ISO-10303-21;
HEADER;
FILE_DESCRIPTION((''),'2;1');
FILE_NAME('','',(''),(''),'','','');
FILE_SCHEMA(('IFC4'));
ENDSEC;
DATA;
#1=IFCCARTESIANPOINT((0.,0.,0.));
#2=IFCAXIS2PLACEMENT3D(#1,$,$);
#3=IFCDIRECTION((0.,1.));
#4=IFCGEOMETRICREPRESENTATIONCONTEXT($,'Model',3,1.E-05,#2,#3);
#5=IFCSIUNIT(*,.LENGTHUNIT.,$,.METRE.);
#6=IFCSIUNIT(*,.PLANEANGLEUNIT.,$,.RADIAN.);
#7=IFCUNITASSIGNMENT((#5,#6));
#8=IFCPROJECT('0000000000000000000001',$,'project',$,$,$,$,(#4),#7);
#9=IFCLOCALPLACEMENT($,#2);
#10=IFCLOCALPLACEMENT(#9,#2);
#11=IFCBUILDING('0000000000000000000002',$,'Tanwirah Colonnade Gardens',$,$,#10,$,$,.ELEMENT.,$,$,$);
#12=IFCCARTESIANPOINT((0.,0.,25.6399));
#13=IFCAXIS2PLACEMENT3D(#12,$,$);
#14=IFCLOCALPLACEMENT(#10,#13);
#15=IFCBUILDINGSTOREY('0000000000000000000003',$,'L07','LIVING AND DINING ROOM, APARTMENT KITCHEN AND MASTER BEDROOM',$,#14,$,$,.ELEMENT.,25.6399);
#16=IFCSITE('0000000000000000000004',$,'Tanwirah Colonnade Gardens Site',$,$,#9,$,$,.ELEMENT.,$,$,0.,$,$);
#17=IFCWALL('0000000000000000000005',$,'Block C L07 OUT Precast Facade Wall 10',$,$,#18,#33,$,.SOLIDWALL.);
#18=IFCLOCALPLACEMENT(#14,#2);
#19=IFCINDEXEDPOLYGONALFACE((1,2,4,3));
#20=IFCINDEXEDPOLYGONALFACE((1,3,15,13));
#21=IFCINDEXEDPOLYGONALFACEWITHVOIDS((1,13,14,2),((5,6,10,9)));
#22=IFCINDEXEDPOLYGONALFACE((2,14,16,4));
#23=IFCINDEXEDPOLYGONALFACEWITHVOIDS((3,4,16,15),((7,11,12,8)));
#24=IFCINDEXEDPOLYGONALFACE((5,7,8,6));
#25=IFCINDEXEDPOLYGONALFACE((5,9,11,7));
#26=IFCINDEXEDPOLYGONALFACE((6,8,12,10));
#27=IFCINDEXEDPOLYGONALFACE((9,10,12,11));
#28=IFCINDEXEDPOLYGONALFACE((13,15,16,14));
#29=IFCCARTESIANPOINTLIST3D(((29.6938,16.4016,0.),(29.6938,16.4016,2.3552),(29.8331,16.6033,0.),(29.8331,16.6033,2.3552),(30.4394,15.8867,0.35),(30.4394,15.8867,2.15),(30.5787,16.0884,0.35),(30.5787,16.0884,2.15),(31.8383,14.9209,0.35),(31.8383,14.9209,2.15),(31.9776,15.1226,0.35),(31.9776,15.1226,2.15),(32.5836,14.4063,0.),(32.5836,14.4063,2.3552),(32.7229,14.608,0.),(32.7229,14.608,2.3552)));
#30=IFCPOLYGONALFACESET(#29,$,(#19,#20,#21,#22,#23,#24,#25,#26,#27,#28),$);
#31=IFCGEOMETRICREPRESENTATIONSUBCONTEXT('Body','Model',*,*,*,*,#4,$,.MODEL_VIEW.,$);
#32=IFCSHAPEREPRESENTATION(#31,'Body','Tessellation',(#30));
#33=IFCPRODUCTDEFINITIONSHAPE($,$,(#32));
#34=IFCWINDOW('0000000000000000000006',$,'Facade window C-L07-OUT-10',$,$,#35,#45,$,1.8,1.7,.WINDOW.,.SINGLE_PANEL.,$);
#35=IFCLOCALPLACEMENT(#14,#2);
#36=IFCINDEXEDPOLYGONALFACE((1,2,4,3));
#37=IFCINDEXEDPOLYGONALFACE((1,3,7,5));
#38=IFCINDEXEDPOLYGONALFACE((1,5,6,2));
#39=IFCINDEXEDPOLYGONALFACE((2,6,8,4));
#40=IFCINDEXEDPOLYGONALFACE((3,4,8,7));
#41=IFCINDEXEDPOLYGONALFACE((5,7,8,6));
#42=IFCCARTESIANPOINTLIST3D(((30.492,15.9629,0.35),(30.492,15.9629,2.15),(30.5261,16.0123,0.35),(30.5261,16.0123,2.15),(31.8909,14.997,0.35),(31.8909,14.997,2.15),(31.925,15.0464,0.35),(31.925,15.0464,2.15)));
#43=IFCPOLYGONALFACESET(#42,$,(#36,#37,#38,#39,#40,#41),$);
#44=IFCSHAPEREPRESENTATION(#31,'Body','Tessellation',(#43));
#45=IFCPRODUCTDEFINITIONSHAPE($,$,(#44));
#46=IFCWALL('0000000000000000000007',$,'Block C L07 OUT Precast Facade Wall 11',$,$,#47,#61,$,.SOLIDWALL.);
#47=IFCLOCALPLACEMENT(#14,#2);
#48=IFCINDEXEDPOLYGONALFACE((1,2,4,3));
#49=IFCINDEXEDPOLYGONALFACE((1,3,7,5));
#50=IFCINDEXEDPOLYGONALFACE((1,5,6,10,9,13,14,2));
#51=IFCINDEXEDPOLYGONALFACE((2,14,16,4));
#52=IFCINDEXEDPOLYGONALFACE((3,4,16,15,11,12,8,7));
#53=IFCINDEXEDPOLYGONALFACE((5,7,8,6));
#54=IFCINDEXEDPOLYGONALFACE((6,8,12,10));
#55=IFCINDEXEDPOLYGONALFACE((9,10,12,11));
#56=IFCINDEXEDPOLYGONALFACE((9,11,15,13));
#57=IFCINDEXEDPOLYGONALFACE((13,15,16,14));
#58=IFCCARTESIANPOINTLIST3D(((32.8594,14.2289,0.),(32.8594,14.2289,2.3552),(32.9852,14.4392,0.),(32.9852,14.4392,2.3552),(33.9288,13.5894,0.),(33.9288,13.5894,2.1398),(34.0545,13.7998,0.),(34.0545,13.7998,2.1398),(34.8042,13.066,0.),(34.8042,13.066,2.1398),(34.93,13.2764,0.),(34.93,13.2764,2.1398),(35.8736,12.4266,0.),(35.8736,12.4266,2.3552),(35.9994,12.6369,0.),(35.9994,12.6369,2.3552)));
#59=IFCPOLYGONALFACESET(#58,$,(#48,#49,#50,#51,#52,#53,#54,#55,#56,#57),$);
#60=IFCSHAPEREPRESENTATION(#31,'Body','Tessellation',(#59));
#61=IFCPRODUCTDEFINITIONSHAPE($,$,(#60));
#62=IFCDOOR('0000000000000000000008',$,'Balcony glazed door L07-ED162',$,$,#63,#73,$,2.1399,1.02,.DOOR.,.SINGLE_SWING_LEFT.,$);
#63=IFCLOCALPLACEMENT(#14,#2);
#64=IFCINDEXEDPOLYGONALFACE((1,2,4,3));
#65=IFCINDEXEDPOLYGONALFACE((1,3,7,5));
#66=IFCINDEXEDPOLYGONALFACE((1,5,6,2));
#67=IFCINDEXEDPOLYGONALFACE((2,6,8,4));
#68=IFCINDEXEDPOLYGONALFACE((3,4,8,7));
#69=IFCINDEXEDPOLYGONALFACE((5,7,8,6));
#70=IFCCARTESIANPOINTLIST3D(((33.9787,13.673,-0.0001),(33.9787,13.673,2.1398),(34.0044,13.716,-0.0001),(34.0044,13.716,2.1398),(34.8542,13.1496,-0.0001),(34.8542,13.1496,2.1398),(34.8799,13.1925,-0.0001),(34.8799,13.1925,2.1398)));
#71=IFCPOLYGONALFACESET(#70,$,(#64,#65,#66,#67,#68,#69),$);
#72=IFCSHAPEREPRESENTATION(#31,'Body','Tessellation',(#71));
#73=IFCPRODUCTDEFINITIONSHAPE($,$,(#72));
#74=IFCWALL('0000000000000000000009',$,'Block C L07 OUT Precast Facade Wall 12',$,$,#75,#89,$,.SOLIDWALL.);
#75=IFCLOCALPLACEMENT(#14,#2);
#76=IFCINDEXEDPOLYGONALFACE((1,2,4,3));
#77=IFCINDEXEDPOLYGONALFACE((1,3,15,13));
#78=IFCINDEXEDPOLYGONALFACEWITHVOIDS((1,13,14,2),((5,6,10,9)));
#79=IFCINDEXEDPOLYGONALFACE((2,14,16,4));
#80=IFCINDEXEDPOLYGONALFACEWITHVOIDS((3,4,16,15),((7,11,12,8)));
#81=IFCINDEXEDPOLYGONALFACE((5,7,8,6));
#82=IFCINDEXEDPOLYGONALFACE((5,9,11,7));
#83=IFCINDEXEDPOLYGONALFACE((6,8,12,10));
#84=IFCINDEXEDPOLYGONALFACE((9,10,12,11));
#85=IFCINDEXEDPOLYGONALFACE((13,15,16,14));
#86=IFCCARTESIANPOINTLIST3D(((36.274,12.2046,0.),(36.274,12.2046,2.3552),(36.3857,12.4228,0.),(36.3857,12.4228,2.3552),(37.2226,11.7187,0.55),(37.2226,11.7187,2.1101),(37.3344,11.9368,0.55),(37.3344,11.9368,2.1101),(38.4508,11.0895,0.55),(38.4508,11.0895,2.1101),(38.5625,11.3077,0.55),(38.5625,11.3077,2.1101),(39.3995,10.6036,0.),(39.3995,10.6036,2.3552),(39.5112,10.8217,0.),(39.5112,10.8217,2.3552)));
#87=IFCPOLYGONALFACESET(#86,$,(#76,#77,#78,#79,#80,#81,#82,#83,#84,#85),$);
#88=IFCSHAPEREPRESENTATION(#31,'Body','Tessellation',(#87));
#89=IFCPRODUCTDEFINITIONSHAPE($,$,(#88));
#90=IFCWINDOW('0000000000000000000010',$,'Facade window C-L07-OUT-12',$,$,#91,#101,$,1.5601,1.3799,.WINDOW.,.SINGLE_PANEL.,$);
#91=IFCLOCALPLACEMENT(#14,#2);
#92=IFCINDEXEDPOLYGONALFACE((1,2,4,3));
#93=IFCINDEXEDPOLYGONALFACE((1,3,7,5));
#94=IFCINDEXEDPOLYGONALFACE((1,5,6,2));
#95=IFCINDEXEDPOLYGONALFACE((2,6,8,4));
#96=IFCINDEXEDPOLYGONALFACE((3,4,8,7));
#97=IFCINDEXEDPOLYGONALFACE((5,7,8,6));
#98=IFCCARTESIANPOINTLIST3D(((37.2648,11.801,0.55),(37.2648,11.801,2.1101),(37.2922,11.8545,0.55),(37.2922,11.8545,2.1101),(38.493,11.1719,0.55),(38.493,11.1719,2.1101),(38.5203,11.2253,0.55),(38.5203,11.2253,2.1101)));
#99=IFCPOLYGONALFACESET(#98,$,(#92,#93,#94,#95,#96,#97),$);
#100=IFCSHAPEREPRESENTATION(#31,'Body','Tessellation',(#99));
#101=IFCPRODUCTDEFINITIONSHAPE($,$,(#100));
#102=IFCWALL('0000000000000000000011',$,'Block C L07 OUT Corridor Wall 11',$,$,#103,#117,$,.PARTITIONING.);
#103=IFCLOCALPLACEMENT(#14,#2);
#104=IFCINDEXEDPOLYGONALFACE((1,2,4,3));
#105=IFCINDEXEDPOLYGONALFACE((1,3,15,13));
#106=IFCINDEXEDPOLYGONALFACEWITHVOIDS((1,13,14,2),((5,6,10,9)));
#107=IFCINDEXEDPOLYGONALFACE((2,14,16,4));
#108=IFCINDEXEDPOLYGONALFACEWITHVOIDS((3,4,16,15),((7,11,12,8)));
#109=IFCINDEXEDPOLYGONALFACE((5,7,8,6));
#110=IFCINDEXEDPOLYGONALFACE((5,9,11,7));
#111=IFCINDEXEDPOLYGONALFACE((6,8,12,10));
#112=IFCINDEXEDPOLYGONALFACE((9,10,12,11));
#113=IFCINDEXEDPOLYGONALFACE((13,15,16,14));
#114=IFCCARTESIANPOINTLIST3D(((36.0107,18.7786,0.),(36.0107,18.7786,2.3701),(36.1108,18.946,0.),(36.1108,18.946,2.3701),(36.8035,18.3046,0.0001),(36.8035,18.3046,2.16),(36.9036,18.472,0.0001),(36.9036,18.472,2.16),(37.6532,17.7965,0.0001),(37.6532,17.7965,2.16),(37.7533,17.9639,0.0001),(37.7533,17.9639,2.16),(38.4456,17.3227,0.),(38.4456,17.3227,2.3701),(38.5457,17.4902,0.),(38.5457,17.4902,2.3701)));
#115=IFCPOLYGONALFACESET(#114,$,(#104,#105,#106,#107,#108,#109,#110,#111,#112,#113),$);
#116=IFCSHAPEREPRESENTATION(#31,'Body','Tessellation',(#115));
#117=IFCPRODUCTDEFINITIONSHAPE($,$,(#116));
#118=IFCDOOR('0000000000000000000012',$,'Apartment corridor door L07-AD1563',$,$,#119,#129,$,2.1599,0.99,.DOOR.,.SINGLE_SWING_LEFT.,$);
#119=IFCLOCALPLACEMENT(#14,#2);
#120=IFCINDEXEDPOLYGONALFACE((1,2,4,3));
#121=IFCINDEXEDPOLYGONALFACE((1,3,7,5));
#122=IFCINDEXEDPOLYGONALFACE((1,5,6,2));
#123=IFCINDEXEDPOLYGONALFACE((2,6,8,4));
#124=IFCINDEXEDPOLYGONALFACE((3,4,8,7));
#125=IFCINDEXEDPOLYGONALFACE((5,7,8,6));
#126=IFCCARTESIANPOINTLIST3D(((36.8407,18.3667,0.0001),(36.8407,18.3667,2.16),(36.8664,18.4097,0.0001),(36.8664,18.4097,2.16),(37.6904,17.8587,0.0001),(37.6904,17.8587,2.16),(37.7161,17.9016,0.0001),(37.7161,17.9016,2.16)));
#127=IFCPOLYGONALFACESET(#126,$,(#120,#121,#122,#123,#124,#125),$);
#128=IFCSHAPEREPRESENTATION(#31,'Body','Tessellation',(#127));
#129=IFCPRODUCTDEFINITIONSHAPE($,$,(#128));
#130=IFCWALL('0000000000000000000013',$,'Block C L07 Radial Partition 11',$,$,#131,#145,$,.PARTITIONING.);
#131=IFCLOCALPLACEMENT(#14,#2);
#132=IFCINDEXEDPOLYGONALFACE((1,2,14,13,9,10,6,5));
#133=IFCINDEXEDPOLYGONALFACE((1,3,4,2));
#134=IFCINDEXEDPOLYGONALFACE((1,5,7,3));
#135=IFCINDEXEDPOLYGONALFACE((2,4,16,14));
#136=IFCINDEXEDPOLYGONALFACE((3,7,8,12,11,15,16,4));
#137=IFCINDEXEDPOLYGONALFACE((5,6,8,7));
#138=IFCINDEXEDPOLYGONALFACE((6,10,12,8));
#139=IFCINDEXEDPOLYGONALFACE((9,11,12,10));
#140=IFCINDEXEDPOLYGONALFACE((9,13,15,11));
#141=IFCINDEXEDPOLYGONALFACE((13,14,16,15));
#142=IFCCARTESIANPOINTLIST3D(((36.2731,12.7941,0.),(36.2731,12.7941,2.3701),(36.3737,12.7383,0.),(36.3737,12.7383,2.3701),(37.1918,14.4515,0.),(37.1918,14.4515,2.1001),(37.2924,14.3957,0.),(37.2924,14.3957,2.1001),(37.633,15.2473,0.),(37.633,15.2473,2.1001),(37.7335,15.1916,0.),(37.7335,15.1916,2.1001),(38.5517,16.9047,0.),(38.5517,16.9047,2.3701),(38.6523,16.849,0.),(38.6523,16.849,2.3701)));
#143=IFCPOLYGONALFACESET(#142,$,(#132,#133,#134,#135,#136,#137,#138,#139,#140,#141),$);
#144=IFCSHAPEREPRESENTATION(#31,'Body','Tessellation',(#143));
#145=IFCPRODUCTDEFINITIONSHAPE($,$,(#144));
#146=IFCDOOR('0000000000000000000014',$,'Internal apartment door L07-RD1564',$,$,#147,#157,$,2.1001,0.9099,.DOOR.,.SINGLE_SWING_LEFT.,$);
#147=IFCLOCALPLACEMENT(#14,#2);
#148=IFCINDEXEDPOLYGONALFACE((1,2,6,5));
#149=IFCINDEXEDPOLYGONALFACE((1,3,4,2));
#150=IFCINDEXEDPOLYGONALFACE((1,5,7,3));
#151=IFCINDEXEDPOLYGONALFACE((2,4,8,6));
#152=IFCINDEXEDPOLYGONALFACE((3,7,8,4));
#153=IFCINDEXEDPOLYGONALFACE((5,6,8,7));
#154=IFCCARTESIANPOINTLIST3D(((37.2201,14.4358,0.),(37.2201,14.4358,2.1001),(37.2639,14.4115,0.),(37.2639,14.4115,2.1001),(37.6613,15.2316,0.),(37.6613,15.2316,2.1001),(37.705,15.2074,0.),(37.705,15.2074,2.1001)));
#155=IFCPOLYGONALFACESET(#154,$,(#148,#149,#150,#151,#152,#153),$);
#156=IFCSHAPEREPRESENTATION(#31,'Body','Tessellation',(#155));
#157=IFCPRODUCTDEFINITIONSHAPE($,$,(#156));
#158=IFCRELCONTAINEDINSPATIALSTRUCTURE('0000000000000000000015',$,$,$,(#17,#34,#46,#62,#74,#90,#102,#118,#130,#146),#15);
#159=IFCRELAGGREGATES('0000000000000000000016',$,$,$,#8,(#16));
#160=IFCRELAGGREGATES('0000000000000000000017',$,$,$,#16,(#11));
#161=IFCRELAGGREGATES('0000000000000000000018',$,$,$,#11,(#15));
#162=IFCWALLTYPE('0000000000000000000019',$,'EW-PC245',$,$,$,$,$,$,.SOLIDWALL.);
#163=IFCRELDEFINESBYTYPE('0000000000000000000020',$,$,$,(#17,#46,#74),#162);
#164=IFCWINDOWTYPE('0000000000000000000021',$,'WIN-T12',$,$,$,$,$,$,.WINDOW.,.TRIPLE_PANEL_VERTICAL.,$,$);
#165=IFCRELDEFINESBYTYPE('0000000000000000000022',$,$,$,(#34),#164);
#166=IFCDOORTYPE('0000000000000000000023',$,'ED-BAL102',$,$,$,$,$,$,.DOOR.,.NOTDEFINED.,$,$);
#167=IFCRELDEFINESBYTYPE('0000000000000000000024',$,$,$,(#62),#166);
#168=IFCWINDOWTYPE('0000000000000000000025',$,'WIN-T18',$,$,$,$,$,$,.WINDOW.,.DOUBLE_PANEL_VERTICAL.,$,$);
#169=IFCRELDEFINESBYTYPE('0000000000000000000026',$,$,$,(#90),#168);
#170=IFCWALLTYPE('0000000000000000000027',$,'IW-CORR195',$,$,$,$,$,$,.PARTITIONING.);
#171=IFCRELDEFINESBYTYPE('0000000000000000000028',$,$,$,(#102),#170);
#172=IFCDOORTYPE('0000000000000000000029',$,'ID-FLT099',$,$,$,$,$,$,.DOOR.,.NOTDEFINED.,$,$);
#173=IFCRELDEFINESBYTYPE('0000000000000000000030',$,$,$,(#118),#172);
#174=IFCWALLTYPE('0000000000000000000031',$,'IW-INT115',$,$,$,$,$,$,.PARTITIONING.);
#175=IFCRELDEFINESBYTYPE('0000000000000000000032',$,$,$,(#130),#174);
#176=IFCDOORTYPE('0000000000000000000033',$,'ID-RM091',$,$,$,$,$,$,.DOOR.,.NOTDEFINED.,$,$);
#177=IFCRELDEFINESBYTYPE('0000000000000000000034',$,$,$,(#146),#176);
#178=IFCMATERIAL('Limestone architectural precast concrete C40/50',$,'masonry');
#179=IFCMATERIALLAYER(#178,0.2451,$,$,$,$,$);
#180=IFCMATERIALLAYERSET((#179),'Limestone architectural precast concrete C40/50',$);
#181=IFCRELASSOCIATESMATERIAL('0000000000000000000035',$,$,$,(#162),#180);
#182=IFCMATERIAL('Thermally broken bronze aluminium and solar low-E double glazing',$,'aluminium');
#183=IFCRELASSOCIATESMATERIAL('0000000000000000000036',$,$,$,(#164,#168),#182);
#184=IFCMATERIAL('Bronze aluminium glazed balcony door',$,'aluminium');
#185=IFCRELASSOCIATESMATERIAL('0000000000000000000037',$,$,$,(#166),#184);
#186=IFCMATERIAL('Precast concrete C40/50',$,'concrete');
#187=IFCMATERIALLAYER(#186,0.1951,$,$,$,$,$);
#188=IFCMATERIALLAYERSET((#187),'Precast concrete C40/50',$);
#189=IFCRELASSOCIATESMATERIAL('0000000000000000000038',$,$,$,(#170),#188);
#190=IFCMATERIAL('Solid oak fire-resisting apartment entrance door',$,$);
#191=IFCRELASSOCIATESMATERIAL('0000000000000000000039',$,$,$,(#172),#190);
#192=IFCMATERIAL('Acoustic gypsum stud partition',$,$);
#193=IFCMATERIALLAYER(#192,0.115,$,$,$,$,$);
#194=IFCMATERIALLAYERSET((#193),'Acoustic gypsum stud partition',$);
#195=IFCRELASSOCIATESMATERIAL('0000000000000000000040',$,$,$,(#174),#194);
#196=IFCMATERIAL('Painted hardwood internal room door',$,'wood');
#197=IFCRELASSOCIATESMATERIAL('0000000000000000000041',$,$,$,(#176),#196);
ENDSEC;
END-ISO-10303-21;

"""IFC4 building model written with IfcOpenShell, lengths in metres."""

from ifc_helpers import new_model, si_unit, direction, frame, frame_2d, origin, place, context, subcontext, project, spatial, rectangle, extrude, material, layer, layer_set, type_object, element, fill, save


model = new_model("IFC4")

# Units and contexts
model_context = context("Model", 3, precision=1e-05, world=origin(), true_north=direction((0.0, 1.0)))
body_context = subcontext(model_context, "Body", "Model", "MODEL_VIEW")
ifc_project = project(units=[si_unit("LENGTHUNIT", "METRE"), si_unit("PLANEANGLEUNIT", "RADIAN")], contexts=[model_context])

# Site, building, storey
site_placement = place(None, origin())
site = spatial("IfcSite", under=ifc_project, at=site_placement, Name="Tanwirah Colonnade Gardens Site", CompositionType="ELEMENT", RefElevation=0.0)
building_placement = place(site_placement, origin())
building = spatial("IfcBuilding", under=site, at=building_placement, Name="Tanwirah Colonnade Gardens", CompositionType="ELEMENT")
storey_placement = place(building_placement, frame((0.0, 0.0, 25.6399)))
storey = spatial("IfcBuildingStorey", under=building, at=storey_placement, Name="L07", Description="LIVING AND DINING ROOM, APARTMENT KITCHEN AND MASTER BEDROOM", CompositionType="ELEMENT", Elevation=25.6399)

# Shared definitions
ifc_material_1 = material(Name="Precast concrete C40/50", Category="concrete")

# Wall, opening, window
ifc_material_2 = material(Name="Limestone architectural precast concrete C40/50", Category="masonry")
ifc_layer_1 = layer(ifc_material_2, 0.2451)
ifc_layer_set_1 = layer_set([ifc_layer_1], Name="Limestone architectural precast concrete C40/50")
wall_type_1 = type_object("IfcWallType", Name="EW-PC245", PredefinedType="SOLIDWALL", material=ifc_layer_set_1)
wall_1_placement = place(storey_placement, frame((29.7634, 16.5024, 0.0), z_axis=(0.0, 0.0, 1.0), x_axis=(0.822902, -0.568183, 0.0)))
wall_1 = element("IfcWall", 1, at=wall_1_placement, inside=storey, type_object=wall_type_1, Name="Block C L07 OUT Precast Facade Wall 10", PredefinedType="SOLIDWALL", context=body_context, shape_type="SweptSolid", body=[
    extrude(rectangle(XDim=3.5117, YDim=0.2451, at=frame_2d((1.7559, 0.0))), origin(), (0.0, 0.0, 1.0), 2.3552),
])
opening_1_placement = place(wall_1_placement, frame((0.906, 0.0, 0.3501)))
opening_1 = element("IfcOpeningElement", 2, at=opening_1_placement, cuts=wall_1, PredefinedType="OPENING", context=body_context, shape_type="SweptSolid", body=[
    extrude(rectangle(XDim=1.7, YDim=1.8, at=frame_2d((0.8501, 0.8999))), frame((0.0, 0.1326, 0.0), z_axis=(0.0, -1.0, 0.0), x_axis=(1.0, 0.0, 0.0)), (0.0, 0.0, 1.0), 0.2651),
])
ifc_material_3 = material(Name="Thermally broken bronze aluminium and solar low-E double glazing", Category="aluminium")
window_type_1 = type_object("IfcWindowType", Name="WIN-T12", PartitioningType="TRIPLE_PANEL_VERTICAL", PredefinedType="WINDOW", material=ifc_material_3)
window_1_placement = place(opening_1_placement, origin())
window_1 = element("IfcWindow", 3, at=window_1_placement, inside=storey, type_object=window_type_1, Name="Facade window C-L07-OUT-10", OverallHeight=1.8, OverallWidth=1.7, PartitioningType="SINGLE_PANEL", PredefinedType="WINDOW", context=body_context, shape_type="SweptSolid", body=[
    extrude(rectangle(XDim=1.7, YDim=1.8, at=frame_2d((0.8501, 0.8999))), frame((0.0, 0.03, 0.0), z_axis=(0.0, -1.0, 0.0), x_axis=(1.0, 0.0, 0.0)), (0.0, 0.0, 1.0), 0.0601),
])
fill(opening_1, window_1)

# Wall, opening, door
wall_2_placement = place(storey_placement, frame((32.9224, 14.334, 0.0), z_axis=(0.0, 0.0, 1.0), x_axis=(0.858277, -0.513187, 0.0)))
wall_2 = element("IfcWall", 4, at=wall_2_placement, inside=storey, type_object=wall_type_1, Name="Block C L07 OUT Precast Facade Wall 11", PredefinedType="SOLIDWALL", context=body_context, shape_type="SweptSolid", body=[
    extrude(rectangle(XDim=3.512, YDim=0.2451, at=frame_2d((1.7559, 0.0))), origin(), (0.0, 0.0, 1.0), 2.3552),
])
opening_2_placement = place(wall_2_placement, frame((1.2458, 0.0, 0.0)))
opening_2 = element("IfcOpeningElement", 5, at=opening_2_placement, cuts=wall_2, PredefinedType="OPENING", context=body_context, shape_type="SweptSolid", body=[
    extrude(rectangle(XDim=1.02, YDim=2.1399, at=frame_2d((0.51, 1.0698))), frame((0.0, 0.1326, 0.0), z_axis=(0.0, -1.0, 0.0), x_axis=(1.0, 0.0, 0.0)), (0.0, 0.0, 1.0), 0.2651),
])
ifc_material_4 = material(Name="Bronze aluminium glazed balcony door", Category="aluminium")
door_type_1 = type_object("IfcDoorType", Name="ED-BAL102", OperationType="NOTDEFINED", PredefinedType="DOOR", material=ifc_material_4)
door_1_placement = place(opening_2_placement, origin())
door_1 = element("IfcDoor", 6, at=door_1_placement, inside=storey, type_object=door_type_1, Name="Balcony glazed door L07-ED162", OperationType="SINGLE_SWING_LEFT", OverallHeight=2.1399, OverallWidth=1.02, PredefinedType="DOOR", context=body_context, shape_type="SweptSolid", body=[
    extrude(rectangle(XDim=1.02, YDim=2.1399, at=frame_2d((0.51, 1.0698))), frame((0.0, 0.0249, 0.0), z_axis=(0.0, -1.0, 0.0), x_axis=(1.0, 0.0, 0.0)), (0.0, 0.0, 1.0), 0.05),
])
fill(opening_2, door_1)

# Wall, opening, window
wall_3_placement = place(storey_placement, frame((36.3298, 12.3137, 0.0), z_axis=(0.0, 0.0, 1.0), x_axis=(0.890019, -0.455924, 0.0)))
wall_3 = element("IfcWall", 7, at=wall_3_placement, inside=storey, type_object=wall_type_1, Name="Block C L07 OUT Precast Facade Wall 12", PredefinedType="SOLIDWALL", context=body_context, shape_type="SweptSolid", body=[
    extrude(rectangle(XDim=3.5117, YDim=0.2451, at=frame_2d((1.7559, 0.0))), origin(), (0.0, 0.0, 1.0), 2.3552),
])
opening_3_placement = place(wall_3_placement, frame((1.0659, 0.0, 0.55)))
opening_3 = element("IfcOpeningElement", 8, at=opening_3_placement, cuts=wall_3, PredefinedType="OPENING", context=body_context, shape_type="SweptSolid", body=[
    extrude(rectangle(XDim=1.3799, YDim=1.5601, at=frame_2d((0.6899, 0.78))), frame((0.0, 0.1326, 0.0), z_axis=(0.0, -1.0, 0.0), x_axis=(1.0, 0.0, 0.0)), (0.0, 0.0, 1.0), 0.2651),
])
window_type_2 = type_object("IfcWindowType", Name="WIN-T18", PartitioningType="DOUBLE_PANEL_VERTICAL", PredefinedType="WINDOW", material=ifc_material_3)
window_2_placement = place(opening_3_placement, origin())
window_2 = element("IfcWindow", 9, at=window_2_placement, inside=storey, type_object=window_type_2, Name="Facade window C-L07-OUT-12", OverallHeight=1.5601, OverallWidth=1.3799, PartitioningType="SINGLE_PANEL", PredefinedType="WINDOW", context=body_context, shape_type="SweptSolid", body=[
    extrude(rectangle(XDim=1.3799, YDim=1.5601, at=frame_2d((0.6899, 0.78))), frame((0.0, 0.03, 0.0), z_axis=(0.0, -1.0, 0.0), x_axis=(1.0, 0.0, 0.0)), (0.0, 0.0, 1.0), 0.0601),
])
fill(opening_3, window_2)

# Walls, openings, doors
ifc_layer_2 = layer(ifc_material_1, 0.1951)
ifc_layer_set_2 = layer_set([ifc_layer_2], Name="Precast concrete C40/50")
wall_type_2 = type_object("IfcWallType", Name="IW-CORR195", PredefinedType="PARTITIONING", material=ifc_layer_set_2)
wall_4_placement = place(storey_placement, frame((36.0608, 18.8623, 0.0), z_axis=(0.0, 0.0, 1.0), x_axis=(0.858282, -0.513179, 0.0)))
wall_4 = element("IfcWall", 10, at=wall_4_placement, inside=storey, type_object=wall_type_2, Name="Block C L07 OUT Corridor Wall 11", PredefinedType="PARTITIONING", context=body_context, shape_type="SweptSolid", body=[
    extrude(rectangle(XDim=2.8369, YDim=0.1951, at=frame_2d((1.4185, 0.0))), origin(), (0.0, 0.0, 1.0), 2.3701),
])
opening_4_placement = place(wall_4_placement, frame((0.9236, 0.0, 0.0)))
opening_4 = element("IfcOpeningElement", 11, at=opening_4_placement, cuts=wall_4, PredefinedType="OPENING", context=body_context, shape_type="SweptSolid", body=[
    extrude(rectangle(XDim=0.99, YDim=2.1599, at=frame_2d((0.4951, 1.0801))), frame((0.0, 0.1074, 0.0), z_axis=(0.0, -1.0, 0.0), x_axis=(1.0, 0.0, 0.0)), (0.0, 0.0, 1.0), 0.2151),
])
ifc_material_5 = material(Name="Solid oak fire-resisting apartment entrance door")
door_type_2 = type_object("IfcDoorType", Name="ID-FLT099", OperationType="NOTDEFINED", PredefinedType="DOOR", material=ifc_material_5)
door_2_placement = place(opening_4_placement, origin())
door_2 = element("IfcDoor", 12, at=door_2_placement, inside=storey, type_object=door_type_2, Name="Apartment corridor door L07-AD1563", OperationType="SINGLE_SWING_LEFT", OverallHeight=2.1599, OverallWidth=0.99, PredefinedType="DOOR", context=body_context, shape_type="SweptSolid", body=[
    extrude(rectangle(XDim=0.99, YDim=2.1599, at=frame_2d((0.4951, 1.0801))), frame((0.0, 0.0249, 0.0), z_axis=(0.0, -1.0, 0.0), x_axis=(1.0, 0.0, 0.0)), (0.0, 0.0, 1.0), 0.05),
])
fill(opening_4, door_2)
ifc_material_6 = material(Name="Acoustic gypsum stud partition")
ifc_layer_3 = layer(ifc_material_6, 0.115)
ifc_layer_set_3 = layer_set([ifc_layer_3], Name="Acoustic gypsum stud partition")
wall_type_3 = type_object("IfcWallType", Name="IW-INT115", PredefinedType="PARTITIONING", material=ifc_layer_set_3)
wall_5_placement = place(storey_placement, frame((38.6021, 16.877, 0.0), z_axis=(0.0, 0.0, 1.0), x_axis=(-0.484814, -0.874618, 0.0)))
wall_5 = element("IfcWall", 13, at=wall_5_placement, inside=storey, type_object=wall_type_3, Name="Block C L07 Radial Partition 11", PredefinedType="PARTITIONING", context=body_context, shape_type="SweptSolid", body=[
    extrude(rectangle(XDim=4.7, YDim=0.115, at=frame_2d((2.3501, 0.0))), origin(), (0.0, 0.0, 1.0), 2.3701),
])
opening_5_placement = place(wall_5_placement, frame((1.895, 0.0, 0.0)))
opening_5 = element("IfcOpeningElement", 14, at=opening_5_placement, cuts=wall_5, PredefinedType="OPENING", context=body_context, shape_type="SweptSolid", body=[
    extrude(rectangle(XDim=0.9099, YDim=2.1001, at=frame_2d((0.4551, 1.05))), frame((0.0, 0.0674, 0.0), z_axis=(0.0, -1.0, 0.0), x_axis=(1.0, 0.0, 0.0)), (0.0, 0.0, 1.0), 0.135),
])
ifc_material_7 = material(Name="Painted hardwood internal room door", Category="wood")
door_type_3 = type_object("IfcDoorType", Name="ID-RM091", OperationType="NOTDEFINED", PredefinedType="DOOR", material=ifc_material_7)
door_3_placement = place(opening_5_placement, origin())
door_3 = element("IfcDoor", 15, at=door_3_placement, inside=storey, type_object=door_type_3, Name="Internal apartment door L07-RD1564", OperationType="SINGLE_SWING_LEFT", OverallHeight=2.1001, OverallWidth=0.9099, PredefinedType="DOOR", context=body_context, shape_type="SweptSolid", body=[
    extrude(rectangle(XDim=0.9099, YDim=2.1001, at=frame_2d((0.4551, 1.05))), frame((0.0, 0.0249, 0.0), z_axis=(0.0, -1.0, 0.0), x_axis=(1.0, 0.0, 0.0)), (0.0, 0.0, 1.0), 0.05),
])
fill(opening_5, door_3)

save(model, "model.ifc")
